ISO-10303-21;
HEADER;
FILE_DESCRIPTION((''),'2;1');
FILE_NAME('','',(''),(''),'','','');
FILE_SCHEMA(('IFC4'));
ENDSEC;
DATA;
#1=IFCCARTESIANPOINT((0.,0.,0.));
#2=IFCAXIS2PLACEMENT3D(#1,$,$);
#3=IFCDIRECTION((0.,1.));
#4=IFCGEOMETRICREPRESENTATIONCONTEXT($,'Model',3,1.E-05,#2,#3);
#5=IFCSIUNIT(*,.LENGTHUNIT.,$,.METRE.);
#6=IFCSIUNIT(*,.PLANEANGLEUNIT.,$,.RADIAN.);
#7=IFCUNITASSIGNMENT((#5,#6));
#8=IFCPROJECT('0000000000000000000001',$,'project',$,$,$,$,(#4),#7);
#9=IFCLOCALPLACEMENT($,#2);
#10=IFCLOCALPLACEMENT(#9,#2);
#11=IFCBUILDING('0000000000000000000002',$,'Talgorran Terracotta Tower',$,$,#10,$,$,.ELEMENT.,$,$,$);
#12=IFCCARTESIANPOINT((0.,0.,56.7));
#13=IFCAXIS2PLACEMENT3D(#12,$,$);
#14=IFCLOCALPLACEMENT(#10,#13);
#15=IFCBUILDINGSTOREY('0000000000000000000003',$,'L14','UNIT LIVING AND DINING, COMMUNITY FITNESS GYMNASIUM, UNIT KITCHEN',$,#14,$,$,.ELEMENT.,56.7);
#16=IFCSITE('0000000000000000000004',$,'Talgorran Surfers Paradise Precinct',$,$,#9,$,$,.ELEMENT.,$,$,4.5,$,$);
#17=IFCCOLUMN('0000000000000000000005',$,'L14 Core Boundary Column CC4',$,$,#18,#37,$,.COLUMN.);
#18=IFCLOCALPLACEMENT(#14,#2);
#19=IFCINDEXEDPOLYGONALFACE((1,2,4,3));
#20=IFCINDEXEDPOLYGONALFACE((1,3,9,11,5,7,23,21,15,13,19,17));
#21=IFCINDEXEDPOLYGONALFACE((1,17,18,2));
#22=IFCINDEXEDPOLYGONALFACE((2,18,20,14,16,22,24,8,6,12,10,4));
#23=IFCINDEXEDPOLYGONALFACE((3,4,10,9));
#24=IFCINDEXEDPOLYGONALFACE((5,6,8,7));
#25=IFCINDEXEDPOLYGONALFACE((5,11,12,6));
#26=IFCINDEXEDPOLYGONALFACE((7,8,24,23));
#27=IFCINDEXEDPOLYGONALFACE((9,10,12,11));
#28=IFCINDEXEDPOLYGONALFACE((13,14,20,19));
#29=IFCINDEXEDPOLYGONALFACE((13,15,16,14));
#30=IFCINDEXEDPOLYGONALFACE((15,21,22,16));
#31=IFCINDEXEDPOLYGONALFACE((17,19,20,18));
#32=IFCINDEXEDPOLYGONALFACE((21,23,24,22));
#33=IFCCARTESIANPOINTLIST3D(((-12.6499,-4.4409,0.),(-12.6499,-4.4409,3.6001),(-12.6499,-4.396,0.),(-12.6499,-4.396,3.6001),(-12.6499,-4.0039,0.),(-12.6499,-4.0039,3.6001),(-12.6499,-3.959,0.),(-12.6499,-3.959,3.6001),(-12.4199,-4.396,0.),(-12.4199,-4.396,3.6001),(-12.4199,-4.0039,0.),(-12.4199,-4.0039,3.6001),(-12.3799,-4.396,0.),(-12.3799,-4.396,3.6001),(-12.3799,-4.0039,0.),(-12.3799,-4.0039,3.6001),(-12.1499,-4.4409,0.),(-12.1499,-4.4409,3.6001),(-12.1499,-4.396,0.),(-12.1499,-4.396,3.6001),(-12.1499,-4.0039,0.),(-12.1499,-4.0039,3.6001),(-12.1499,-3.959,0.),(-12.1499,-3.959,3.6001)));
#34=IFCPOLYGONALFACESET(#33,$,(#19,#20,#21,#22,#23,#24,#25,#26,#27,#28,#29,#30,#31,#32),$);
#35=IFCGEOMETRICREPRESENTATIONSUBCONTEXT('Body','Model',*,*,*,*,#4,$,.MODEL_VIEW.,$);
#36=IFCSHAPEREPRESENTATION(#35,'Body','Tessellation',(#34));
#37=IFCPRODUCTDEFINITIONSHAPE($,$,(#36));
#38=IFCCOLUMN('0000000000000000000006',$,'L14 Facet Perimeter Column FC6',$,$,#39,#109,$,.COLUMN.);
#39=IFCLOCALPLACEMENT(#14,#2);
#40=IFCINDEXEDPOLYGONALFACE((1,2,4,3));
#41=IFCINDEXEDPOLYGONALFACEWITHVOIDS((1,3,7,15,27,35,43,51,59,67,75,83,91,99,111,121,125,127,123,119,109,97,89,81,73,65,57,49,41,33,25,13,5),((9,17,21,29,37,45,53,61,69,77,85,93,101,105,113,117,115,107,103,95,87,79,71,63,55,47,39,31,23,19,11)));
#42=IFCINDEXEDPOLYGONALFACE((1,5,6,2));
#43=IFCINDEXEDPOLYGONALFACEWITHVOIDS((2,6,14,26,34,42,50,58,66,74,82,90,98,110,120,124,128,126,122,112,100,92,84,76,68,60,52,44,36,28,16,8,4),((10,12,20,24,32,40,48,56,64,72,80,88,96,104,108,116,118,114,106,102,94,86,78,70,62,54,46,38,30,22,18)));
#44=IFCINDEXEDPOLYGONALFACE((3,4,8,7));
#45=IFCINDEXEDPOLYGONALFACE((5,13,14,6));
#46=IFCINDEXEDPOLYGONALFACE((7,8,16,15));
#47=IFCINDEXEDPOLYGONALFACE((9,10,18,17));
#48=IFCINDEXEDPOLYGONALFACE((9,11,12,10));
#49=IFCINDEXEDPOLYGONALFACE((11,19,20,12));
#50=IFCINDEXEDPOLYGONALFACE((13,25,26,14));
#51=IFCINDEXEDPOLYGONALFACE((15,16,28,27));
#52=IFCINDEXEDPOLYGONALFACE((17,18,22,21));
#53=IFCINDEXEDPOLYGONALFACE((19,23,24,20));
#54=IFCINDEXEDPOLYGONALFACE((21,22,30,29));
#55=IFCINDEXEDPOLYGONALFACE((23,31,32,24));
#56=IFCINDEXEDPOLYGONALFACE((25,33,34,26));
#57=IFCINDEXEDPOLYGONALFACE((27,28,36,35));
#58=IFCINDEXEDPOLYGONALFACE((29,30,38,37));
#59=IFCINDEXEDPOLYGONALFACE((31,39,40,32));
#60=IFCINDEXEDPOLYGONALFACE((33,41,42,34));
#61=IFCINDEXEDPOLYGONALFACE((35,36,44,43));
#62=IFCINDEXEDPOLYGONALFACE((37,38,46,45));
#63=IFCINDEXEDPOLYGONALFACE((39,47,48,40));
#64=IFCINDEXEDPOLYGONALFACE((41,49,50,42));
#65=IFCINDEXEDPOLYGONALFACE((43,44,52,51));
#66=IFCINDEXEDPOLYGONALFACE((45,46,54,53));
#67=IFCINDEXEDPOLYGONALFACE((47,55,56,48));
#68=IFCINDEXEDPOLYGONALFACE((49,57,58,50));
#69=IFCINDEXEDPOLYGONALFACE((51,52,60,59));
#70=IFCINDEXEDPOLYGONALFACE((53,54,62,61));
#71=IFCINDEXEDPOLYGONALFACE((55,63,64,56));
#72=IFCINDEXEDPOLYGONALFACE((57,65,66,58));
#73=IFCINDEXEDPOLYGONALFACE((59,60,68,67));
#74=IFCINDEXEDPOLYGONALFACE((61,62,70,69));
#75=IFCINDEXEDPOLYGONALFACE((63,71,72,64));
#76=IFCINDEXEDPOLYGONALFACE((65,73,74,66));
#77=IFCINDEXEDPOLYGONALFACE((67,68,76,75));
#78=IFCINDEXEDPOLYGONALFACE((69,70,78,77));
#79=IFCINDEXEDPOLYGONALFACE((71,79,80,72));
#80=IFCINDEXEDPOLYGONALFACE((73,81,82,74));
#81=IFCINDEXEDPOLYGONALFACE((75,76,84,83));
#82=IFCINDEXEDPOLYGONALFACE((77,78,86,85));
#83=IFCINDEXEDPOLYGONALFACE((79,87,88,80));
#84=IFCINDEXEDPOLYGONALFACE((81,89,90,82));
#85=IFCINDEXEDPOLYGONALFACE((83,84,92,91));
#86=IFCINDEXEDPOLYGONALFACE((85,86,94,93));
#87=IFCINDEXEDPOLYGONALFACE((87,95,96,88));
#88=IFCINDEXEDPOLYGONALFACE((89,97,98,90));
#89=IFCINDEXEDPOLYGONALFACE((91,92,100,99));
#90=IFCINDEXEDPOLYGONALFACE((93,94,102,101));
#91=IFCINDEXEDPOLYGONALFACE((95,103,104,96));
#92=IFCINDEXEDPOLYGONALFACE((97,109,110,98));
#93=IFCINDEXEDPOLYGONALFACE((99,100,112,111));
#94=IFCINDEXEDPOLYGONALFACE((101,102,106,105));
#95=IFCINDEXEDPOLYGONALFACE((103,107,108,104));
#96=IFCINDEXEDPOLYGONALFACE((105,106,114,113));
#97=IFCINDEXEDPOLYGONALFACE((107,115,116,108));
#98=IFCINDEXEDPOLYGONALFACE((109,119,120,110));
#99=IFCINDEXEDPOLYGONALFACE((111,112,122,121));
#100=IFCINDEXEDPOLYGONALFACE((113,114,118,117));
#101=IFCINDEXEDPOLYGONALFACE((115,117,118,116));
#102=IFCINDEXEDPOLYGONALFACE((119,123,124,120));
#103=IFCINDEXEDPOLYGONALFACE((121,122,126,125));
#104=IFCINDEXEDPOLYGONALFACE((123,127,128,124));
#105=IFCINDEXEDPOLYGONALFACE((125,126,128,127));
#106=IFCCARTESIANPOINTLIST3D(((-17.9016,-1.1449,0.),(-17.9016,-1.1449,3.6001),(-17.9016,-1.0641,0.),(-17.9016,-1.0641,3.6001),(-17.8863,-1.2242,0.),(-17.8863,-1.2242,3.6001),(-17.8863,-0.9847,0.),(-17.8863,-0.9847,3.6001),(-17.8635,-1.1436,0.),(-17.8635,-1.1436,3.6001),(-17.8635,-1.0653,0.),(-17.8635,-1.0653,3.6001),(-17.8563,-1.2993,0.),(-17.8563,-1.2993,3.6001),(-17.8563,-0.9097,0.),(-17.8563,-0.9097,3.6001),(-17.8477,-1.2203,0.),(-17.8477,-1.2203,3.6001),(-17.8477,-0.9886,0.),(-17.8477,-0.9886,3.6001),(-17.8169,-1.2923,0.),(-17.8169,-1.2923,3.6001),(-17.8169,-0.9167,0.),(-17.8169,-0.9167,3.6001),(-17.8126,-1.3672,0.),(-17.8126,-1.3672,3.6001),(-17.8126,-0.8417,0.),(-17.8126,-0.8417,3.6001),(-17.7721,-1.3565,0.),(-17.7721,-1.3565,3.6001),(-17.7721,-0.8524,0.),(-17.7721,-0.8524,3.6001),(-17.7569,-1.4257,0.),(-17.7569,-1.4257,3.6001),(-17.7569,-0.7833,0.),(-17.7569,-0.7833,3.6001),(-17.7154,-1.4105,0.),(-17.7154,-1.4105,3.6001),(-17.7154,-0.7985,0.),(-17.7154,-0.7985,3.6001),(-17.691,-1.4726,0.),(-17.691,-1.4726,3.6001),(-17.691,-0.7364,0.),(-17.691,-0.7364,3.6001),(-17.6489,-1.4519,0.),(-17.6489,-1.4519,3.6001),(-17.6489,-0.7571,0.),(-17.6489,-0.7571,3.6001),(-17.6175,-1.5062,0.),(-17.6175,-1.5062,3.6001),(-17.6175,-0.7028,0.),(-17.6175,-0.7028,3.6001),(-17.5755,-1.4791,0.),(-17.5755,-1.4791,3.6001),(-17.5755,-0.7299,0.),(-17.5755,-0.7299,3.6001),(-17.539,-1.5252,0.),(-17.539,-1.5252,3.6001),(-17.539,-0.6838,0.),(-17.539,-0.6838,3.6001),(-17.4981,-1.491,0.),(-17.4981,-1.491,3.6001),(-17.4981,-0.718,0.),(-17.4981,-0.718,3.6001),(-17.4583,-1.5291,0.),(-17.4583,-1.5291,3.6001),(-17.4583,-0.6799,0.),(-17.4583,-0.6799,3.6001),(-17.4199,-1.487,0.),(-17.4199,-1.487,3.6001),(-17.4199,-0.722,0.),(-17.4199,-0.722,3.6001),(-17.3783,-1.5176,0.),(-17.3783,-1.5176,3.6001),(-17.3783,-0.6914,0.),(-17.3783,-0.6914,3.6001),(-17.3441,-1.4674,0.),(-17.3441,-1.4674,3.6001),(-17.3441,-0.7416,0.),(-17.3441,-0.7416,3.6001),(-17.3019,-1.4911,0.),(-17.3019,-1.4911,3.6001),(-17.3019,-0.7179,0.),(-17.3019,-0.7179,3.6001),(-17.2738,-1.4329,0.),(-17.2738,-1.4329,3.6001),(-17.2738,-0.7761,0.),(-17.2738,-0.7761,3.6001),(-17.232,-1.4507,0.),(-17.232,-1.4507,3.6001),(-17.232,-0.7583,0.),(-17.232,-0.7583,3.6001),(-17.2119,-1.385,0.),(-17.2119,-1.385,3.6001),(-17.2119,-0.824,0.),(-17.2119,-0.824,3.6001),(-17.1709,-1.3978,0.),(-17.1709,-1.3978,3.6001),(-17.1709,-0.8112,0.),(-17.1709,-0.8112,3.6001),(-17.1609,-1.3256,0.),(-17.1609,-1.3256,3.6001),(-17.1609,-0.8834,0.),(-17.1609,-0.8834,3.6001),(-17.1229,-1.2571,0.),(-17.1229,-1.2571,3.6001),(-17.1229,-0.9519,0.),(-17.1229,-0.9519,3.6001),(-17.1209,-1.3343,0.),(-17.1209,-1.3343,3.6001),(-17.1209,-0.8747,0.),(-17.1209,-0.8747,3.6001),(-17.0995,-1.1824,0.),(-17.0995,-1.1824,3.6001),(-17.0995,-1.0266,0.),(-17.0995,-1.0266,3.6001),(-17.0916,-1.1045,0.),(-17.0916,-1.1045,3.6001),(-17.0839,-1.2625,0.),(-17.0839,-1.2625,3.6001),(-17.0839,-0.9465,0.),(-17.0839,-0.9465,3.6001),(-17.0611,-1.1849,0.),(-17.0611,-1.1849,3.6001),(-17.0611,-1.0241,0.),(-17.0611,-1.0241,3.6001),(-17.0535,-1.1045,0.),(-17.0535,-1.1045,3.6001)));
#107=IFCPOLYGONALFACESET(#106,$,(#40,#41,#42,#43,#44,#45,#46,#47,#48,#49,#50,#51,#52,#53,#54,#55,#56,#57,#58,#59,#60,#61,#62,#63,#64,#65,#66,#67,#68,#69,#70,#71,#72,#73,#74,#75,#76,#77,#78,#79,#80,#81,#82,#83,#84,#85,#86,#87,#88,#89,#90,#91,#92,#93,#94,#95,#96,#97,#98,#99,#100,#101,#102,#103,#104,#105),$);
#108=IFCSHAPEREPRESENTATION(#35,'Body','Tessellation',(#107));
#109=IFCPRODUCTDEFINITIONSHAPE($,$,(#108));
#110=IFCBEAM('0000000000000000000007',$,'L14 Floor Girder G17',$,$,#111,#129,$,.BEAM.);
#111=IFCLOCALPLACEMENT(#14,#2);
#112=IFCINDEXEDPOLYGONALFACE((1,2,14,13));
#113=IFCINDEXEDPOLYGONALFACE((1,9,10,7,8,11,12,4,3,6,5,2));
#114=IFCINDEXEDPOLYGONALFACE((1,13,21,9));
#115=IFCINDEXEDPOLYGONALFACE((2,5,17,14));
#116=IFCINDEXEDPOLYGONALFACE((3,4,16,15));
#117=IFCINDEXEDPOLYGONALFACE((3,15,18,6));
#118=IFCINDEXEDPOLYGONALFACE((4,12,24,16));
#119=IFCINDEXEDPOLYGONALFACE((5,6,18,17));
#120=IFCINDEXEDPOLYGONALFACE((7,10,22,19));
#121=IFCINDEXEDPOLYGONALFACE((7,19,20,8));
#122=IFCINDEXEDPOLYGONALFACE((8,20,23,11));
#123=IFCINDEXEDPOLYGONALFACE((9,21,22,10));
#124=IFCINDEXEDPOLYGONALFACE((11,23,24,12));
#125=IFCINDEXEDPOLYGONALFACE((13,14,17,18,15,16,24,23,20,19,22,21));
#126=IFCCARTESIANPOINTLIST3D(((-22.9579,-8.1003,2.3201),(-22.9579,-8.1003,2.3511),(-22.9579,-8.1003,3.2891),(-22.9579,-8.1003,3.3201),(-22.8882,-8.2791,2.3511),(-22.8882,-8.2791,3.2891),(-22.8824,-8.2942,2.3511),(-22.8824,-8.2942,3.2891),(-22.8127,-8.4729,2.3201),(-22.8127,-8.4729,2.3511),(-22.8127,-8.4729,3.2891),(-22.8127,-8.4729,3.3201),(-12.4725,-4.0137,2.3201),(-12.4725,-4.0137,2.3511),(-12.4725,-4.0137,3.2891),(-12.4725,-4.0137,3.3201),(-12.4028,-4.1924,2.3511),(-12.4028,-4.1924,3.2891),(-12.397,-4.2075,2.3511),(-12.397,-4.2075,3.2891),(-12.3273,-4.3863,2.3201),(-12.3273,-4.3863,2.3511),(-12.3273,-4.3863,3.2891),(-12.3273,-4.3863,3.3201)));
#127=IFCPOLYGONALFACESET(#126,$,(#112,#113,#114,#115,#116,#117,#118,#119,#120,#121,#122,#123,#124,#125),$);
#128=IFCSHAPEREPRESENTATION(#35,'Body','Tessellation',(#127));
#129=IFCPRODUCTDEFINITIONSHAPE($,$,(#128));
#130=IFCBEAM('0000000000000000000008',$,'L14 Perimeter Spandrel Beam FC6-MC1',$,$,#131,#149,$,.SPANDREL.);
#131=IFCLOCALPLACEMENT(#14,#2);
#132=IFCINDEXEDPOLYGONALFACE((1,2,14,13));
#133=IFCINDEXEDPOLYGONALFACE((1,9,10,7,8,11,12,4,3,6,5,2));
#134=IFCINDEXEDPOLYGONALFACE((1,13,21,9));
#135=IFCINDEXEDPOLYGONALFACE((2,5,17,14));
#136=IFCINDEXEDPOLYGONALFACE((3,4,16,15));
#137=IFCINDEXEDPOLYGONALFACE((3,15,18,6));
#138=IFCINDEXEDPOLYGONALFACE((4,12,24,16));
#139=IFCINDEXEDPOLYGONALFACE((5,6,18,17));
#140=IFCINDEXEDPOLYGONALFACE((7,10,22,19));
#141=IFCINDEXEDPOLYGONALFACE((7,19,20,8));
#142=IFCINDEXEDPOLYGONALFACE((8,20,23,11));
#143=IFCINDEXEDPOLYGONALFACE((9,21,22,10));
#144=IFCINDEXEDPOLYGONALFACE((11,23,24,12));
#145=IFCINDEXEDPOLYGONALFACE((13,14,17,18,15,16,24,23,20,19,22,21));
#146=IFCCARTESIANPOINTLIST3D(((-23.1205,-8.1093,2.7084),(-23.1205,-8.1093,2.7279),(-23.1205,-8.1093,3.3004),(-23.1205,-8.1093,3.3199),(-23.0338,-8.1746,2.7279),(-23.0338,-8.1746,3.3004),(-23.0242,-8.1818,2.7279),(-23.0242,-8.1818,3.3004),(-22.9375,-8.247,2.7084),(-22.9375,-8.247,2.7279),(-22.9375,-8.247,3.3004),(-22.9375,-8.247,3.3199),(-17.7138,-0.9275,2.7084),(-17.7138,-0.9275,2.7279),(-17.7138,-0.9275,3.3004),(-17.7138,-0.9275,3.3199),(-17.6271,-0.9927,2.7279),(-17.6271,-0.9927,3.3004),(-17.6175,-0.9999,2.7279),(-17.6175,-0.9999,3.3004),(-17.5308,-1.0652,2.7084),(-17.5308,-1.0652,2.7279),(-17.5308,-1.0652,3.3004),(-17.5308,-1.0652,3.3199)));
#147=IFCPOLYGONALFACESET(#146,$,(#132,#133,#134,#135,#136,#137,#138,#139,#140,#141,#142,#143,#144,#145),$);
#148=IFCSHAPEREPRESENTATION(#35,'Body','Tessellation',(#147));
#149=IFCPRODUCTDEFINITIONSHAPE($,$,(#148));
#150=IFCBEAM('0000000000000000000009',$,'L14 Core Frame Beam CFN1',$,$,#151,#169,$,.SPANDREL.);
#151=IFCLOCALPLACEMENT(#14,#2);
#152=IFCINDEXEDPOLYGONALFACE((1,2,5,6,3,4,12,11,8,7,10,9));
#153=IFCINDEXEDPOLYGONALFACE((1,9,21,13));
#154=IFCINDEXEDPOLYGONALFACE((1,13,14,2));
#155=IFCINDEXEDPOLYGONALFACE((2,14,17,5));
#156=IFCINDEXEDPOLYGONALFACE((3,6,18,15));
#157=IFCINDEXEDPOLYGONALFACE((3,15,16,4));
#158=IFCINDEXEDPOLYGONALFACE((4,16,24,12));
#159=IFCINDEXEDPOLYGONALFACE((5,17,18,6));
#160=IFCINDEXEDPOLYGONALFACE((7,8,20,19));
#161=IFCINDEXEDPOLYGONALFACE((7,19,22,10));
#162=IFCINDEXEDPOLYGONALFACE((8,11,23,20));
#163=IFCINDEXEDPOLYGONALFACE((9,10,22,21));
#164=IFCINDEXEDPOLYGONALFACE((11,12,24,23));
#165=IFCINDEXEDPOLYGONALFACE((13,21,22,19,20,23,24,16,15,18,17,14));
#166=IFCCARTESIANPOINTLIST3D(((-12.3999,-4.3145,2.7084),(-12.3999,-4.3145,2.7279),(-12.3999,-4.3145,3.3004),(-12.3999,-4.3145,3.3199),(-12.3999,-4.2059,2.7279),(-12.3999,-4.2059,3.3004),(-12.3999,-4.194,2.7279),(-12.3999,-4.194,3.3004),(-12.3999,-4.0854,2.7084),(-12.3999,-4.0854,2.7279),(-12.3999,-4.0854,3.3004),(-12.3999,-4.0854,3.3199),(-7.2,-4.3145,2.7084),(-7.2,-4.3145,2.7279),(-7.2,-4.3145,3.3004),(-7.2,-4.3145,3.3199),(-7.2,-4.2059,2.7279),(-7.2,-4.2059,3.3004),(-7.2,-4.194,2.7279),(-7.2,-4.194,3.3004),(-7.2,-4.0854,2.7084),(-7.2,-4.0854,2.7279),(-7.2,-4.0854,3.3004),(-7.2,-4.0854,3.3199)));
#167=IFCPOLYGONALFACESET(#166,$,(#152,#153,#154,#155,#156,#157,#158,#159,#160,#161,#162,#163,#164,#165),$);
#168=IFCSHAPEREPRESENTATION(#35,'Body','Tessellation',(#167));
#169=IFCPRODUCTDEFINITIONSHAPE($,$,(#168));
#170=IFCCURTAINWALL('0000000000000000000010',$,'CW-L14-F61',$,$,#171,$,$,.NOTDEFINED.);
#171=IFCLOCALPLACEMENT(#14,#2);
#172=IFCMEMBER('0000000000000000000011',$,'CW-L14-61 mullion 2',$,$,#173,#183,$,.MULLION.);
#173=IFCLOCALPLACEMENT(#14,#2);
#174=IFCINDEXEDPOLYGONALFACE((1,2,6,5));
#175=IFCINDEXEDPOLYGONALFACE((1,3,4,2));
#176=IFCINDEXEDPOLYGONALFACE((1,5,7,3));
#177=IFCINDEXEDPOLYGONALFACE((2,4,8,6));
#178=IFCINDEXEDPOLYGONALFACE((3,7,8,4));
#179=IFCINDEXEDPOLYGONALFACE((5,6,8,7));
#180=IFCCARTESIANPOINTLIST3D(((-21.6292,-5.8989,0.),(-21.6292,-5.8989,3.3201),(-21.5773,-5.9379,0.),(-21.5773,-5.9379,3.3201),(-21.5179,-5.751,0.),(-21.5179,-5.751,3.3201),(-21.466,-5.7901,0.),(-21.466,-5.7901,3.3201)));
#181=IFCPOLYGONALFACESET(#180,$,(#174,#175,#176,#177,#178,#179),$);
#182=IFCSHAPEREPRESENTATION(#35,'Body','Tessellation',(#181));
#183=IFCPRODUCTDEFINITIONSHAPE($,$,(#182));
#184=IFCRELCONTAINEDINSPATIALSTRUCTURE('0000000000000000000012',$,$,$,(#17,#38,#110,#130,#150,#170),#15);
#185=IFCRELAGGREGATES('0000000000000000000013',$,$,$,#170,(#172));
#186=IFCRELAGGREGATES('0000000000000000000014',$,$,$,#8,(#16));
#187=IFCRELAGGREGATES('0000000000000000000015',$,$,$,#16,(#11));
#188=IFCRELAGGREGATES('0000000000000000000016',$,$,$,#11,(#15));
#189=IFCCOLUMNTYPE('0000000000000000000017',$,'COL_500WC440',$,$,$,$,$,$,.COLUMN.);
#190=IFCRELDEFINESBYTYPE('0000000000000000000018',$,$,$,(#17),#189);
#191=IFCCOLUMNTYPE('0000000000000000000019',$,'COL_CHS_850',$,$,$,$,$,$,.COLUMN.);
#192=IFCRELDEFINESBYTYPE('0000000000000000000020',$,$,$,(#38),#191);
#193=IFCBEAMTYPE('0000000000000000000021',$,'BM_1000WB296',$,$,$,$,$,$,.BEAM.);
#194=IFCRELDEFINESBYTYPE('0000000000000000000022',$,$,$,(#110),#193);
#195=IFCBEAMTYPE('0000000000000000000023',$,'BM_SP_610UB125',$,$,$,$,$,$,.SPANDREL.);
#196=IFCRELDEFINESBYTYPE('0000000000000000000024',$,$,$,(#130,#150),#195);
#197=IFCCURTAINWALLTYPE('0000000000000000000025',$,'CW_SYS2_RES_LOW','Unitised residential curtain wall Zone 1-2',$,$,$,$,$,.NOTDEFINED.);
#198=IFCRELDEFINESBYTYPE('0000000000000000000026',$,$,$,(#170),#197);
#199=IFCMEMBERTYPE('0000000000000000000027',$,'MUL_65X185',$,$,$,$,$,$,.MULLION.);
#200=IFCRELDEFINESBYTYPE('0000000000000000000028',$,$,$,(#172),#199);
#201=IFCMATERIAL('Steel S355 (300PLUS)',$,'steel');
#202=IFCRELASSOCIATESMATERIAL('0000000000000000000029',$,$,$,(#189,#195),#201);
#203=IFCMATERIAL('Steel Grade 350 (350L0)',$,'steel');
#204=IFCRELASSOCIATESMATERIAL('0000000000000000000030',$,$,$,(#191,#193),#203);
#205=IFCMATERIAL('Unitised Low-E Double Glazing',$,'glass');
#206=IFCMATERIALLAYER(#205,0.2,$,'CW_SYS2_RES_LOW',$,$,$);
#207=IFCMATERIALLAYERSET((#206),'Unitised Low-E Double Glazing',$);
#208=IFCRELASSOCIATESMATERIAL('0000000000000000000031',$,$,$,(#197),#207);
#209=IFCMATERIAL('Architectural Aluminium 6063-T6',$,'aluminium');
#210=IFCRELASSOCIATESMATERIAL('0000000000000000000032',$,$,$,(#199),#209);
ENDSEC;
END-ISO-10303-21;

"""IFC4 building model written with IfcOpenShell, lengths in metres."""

from ifc_helpers import new_model, si_unit, direction, frame, origin, origin_2d, place, context, subcontext, project, spatial, rectangle, hollow_circle, i_section, extrude, material, layer, layer_set, material_profile, profile_set, type_object, element, aggregate, save


model = new_model("IFC4")

# Units and contexts
model_context = context("Model", 3, precision=1e-05, world=origin(), true_north=direction((0.0, 1.0)))
body_context = subcontext(model_context, "Body", "Model", "MODEL_VIEW")
ifc_project = project(units=[si_unit("LENGTHUNIT", "METRE"), si_unit("PLANEANGLEUNIT", "RADIAN")], contexts=[model_context])

# Site, building, storey
site_placement = place(None, origin())
site = spatial("IfcSite", under=ifc_project, at=site_placement, Name="Talgorran Surfers Paradise Precinct", CompositionType="ELEMENT", RefElevation=4.5)
building_placement = place(site_placement, origin())
building = spatial("IfcBuilding", under=site, at=building_placement, Name="Talgorran Terracotta Tower", CompositionType="ELEMENT")
storey_placement = place(building_placement, frame((0.0, 0.0, 56.7)))
storey = spatial("IfcBuildingStorey", under=building, at=storey_placement, Name="L14", Description="UNIT LIVING AND DINING, COMMUNITY FITNESS GYMNASIUM, UNIT KITCHEN", CompositionType="ELEMENT", Elevation=56.7)

# Columns
ifc_material_1 = material(Name="Steel S355 (300PLUS)", Category="steel")
ifc_material_profile_1 = material_profile(ifc_material_1, i_section(OverallWidth=0.5, OverallDepth=0.4819, WebThickness=0.04, FlangeThickness=0.0449, at=origin_2d()), Name="500WC440")
ifc_profile_set_1 = profile_set([ifc_material_profile_1], Name="Steel S355 (300PLUS)")
column_type_1 = type_object("IfcColumnType", Name="COL_500WC440", PredefinedType="COLUMN", material=ifc_profile_set_1)
column_1_placement = place(storey_placement, frame((-12.3999, -4.2, 0.0), z_axis=(0.0, 0.0, 1.0), x_axis=(1.0, 0.0, 0.0)))
element("IfcColumn", 1, at=column_1_placement, inside=storey, type_object=column_type_1, Name="L14 Core Boundary Column CC4", PredefinedType="COLUMN", context=body_context, shape_type="SweptSolid", body=[
    extrude(i_section(OverallWidth=0.5, OverallDepth=0.4819, WebThickness=0.04, FlangeThickness=0.0449, at=origin_2d()), origin(), (0.0, 0.0, 1.0), 3.6001),
])
ifc_material_2 = material(Name="Steel Grade 350 (350L0)", Category="steel")
ifc_material_profile_2 = material_profile(ifc_material_2, hollow_circle(Radius=0.425, WallThickness=0.0381, at=origin_2d()), Name="CHS850X38")
ifc_profile_set_2 = profile_set([ifc_material_profile_2], Name="Steel Grade 350 (350L0)")
column_type_2 = type_object("IfcColumnType", Name="COL_CHS_850", PredefinedType="COLUMN", material=ifc_profile_set_2)
column_2_placement = place(storey_placement, frame((-17.4785, -1.1045, 0.0), z_axis=(0.0, 0.0, 1.0), x_axis=(1.0, 0.0, 0.0)))
element("IfcColumn", 2, at=column_2_placement, inside=storey, type_object=column_type_2, Name="L14 Facet Perimeter Column FC6", PredefinedType="COLUMN", context=body_context, shape_type="SweptSolid", body=[
    extrude(hollow_circle(Radius=0.425, WallThickness=0.0381, at=origin_2d()), origin(), (0.0, 0.0, 1.0), 3.6001),
])

# Beams
ifc_material_profile_3 = material_profile(ifc_material_2, i_section(OverallWidth=0.3999, OverallDepth=1.0, WebThickness=0.0161, FlangeThickness=0.031, at=origin_2d()), Name="1000WB296")
ifc_profile_set_3 = profile_set([ifc_material_profile_3], Name="Steel Grade 350 (350L0)")
beam_type_1 = type_object("IfcBeamType", Name="BM_1000WB296", PredefinedType="BEAM", material=ifc_profile_set_3)
beam_1_placement = place(storey_placement, frame((-12.3999, -4.2, 2.8201), z_axis=(-0.931733, -0.363143, 0.0), x_axis=(0.363143, -0.931733, 0.0)))
element("IfcBeam", 3, at=beam_1_placement, inside=storey, type_object=beam_type_1, Name="L14 Floor Girder G17", PredefinedType="BEAM", context=body_context, shape_type="SweptSolid", body=[
    extrude(i_section(OverallWidth=0.3999, OverallDepth=1.0, WebThickness=0.0161, FlangeThickness=0.031, at=origin_2d()), origin(), (0.0, 0.0, 1.0), 11.2537),
])
ifc_material_profile_4 = material_profile(ifc_material_1, i_section(OverallWidth=0.229, OverallDepth=0.6116, WebThickness=0.012, FlangeThickness=0.0195, at=origin_2d()), Name="610UB125")
ifc_profile_set_4 = profile_set([ifc_material_profile_4], Name="Steel S355 (300PLUS)")
beam_type_2 = type_object("IfcBeamType", Name="BM_SP_610UB125", PredefinedType="SPANDREL", material=ifc_profile_set_4)
beam_2_placement = place(storey_placement, frame((-17.6223, -0.9963, 3.0142), z_axis=(-0.601446, -0.798913, 0.0), x_axis=(0.798913, -0.601446, 0.0)))
element("IfcBeam", 4, at=beam_2_placement, inside=storey, type_object=beam_type_2, Name="L14 Perimeter Spandrel Beam FC6-MC1", PredefinedType="SPANDREL", context=body_context, shape_type="SweptSolid", body=[
    extrude(i_section(OverallWidth=0.229, OverallDepth=0.6116, WebThickness=0.012, FlangeThickness=0.0195, at=origin_2d()), origin(), (0.0, 0.0, 1.0), 8.9895),
])
beam_3_placement = place(storey_placement, frame((-12.3999, -4.2, 3.0142), z_axis=(1.0, 0.0, 0.0), x_axis=(0.0, 1.0, 0.0)))
element("IfcBeam", 5, at=beam_3_placement, inside=storey, type_object=beam_type_2, Name="L14 Core Frame Beam CFN1", PredefinedType="SPANDREL", context=body_context, shape_type="SweptSolid", body=[
    extrude(i_section(OverallWidth=0.229, OverallDepth=0.6116, WebThickness=0.012, FlangeThickness=0.0195, at=origin_2d()), origin(), (0.0, 0.0, 1.0), 5.2),
])

# Curtain wall, member
ifc_material_3 = material(Name="Unitised Low-E Double Glazing", Category="glass")
ifc_layer_1 = layer(ifc_material_3, 0.2, Name="CW_SYS2_RES_LOW")
ifc_layer_set_1 = layer_set([ifc_layer_1], Name="Unitised Low-E Double Glazing")
curtain_wall_type = type_object("IfcCurtainWallType", Name="CW_SYS2_RES_LOW", Description="Unitised residential curtain wall Zone 1-2", PredefinedType="NOTDEFINED", material=ifc_layer_set_1)
curtain_wall_1_placement = place(storey_placement, origin())
curtain_wall_1 = element("IfcCurtainWall", 6, at=curtain_wall_1_placement, inside=storey, type_object=curtain_wall_type, Name="CW-L14-F61", PredefinedType="NOTDEFINED")
ifc_material_4 = material(Name="Architectural Aluminium 6063-T6", Category="aluminium")
ifc_material_profile_5 = material_profile(ifc_material_4, rectangle(XDim=0.0649, YDim=0.1851, at=origin_2d()), Name="CWM65X185")
ifc_profile_set_5 = profile_set([ifc_material_profile_5], Name="Architectural Aluminium 6063-T6")
member_type_1 = type_object("IfcMemberType", Name="MUL_65X185", PredefinedType="MULLION", material=ifc_profile_set_5)
member_1_placement = place(storey_placement, frame((-21.5476, -5.8445, 0.0), z_axis=(0.0, 0.0, 1.0), x_axis=(0.798918, -0.60144, 0.0)))
member_1 = element("IfcMember", 7, at=member_1_placement, type_object=member_type_1, Name="CW-L14-61 mullion 2", PredefinedType="MULLION", context=body_context, shape_type="SweptSolid", body=[
    extrude(rectangle(XDim=0.0649, YDim=0.1851, at=origin_2d()), origin(), (0.0, 0.0, 1.0), 3.3201),
])

aggregate(curtain_wall_1, [member_1])

save(model, "model.ifc")
